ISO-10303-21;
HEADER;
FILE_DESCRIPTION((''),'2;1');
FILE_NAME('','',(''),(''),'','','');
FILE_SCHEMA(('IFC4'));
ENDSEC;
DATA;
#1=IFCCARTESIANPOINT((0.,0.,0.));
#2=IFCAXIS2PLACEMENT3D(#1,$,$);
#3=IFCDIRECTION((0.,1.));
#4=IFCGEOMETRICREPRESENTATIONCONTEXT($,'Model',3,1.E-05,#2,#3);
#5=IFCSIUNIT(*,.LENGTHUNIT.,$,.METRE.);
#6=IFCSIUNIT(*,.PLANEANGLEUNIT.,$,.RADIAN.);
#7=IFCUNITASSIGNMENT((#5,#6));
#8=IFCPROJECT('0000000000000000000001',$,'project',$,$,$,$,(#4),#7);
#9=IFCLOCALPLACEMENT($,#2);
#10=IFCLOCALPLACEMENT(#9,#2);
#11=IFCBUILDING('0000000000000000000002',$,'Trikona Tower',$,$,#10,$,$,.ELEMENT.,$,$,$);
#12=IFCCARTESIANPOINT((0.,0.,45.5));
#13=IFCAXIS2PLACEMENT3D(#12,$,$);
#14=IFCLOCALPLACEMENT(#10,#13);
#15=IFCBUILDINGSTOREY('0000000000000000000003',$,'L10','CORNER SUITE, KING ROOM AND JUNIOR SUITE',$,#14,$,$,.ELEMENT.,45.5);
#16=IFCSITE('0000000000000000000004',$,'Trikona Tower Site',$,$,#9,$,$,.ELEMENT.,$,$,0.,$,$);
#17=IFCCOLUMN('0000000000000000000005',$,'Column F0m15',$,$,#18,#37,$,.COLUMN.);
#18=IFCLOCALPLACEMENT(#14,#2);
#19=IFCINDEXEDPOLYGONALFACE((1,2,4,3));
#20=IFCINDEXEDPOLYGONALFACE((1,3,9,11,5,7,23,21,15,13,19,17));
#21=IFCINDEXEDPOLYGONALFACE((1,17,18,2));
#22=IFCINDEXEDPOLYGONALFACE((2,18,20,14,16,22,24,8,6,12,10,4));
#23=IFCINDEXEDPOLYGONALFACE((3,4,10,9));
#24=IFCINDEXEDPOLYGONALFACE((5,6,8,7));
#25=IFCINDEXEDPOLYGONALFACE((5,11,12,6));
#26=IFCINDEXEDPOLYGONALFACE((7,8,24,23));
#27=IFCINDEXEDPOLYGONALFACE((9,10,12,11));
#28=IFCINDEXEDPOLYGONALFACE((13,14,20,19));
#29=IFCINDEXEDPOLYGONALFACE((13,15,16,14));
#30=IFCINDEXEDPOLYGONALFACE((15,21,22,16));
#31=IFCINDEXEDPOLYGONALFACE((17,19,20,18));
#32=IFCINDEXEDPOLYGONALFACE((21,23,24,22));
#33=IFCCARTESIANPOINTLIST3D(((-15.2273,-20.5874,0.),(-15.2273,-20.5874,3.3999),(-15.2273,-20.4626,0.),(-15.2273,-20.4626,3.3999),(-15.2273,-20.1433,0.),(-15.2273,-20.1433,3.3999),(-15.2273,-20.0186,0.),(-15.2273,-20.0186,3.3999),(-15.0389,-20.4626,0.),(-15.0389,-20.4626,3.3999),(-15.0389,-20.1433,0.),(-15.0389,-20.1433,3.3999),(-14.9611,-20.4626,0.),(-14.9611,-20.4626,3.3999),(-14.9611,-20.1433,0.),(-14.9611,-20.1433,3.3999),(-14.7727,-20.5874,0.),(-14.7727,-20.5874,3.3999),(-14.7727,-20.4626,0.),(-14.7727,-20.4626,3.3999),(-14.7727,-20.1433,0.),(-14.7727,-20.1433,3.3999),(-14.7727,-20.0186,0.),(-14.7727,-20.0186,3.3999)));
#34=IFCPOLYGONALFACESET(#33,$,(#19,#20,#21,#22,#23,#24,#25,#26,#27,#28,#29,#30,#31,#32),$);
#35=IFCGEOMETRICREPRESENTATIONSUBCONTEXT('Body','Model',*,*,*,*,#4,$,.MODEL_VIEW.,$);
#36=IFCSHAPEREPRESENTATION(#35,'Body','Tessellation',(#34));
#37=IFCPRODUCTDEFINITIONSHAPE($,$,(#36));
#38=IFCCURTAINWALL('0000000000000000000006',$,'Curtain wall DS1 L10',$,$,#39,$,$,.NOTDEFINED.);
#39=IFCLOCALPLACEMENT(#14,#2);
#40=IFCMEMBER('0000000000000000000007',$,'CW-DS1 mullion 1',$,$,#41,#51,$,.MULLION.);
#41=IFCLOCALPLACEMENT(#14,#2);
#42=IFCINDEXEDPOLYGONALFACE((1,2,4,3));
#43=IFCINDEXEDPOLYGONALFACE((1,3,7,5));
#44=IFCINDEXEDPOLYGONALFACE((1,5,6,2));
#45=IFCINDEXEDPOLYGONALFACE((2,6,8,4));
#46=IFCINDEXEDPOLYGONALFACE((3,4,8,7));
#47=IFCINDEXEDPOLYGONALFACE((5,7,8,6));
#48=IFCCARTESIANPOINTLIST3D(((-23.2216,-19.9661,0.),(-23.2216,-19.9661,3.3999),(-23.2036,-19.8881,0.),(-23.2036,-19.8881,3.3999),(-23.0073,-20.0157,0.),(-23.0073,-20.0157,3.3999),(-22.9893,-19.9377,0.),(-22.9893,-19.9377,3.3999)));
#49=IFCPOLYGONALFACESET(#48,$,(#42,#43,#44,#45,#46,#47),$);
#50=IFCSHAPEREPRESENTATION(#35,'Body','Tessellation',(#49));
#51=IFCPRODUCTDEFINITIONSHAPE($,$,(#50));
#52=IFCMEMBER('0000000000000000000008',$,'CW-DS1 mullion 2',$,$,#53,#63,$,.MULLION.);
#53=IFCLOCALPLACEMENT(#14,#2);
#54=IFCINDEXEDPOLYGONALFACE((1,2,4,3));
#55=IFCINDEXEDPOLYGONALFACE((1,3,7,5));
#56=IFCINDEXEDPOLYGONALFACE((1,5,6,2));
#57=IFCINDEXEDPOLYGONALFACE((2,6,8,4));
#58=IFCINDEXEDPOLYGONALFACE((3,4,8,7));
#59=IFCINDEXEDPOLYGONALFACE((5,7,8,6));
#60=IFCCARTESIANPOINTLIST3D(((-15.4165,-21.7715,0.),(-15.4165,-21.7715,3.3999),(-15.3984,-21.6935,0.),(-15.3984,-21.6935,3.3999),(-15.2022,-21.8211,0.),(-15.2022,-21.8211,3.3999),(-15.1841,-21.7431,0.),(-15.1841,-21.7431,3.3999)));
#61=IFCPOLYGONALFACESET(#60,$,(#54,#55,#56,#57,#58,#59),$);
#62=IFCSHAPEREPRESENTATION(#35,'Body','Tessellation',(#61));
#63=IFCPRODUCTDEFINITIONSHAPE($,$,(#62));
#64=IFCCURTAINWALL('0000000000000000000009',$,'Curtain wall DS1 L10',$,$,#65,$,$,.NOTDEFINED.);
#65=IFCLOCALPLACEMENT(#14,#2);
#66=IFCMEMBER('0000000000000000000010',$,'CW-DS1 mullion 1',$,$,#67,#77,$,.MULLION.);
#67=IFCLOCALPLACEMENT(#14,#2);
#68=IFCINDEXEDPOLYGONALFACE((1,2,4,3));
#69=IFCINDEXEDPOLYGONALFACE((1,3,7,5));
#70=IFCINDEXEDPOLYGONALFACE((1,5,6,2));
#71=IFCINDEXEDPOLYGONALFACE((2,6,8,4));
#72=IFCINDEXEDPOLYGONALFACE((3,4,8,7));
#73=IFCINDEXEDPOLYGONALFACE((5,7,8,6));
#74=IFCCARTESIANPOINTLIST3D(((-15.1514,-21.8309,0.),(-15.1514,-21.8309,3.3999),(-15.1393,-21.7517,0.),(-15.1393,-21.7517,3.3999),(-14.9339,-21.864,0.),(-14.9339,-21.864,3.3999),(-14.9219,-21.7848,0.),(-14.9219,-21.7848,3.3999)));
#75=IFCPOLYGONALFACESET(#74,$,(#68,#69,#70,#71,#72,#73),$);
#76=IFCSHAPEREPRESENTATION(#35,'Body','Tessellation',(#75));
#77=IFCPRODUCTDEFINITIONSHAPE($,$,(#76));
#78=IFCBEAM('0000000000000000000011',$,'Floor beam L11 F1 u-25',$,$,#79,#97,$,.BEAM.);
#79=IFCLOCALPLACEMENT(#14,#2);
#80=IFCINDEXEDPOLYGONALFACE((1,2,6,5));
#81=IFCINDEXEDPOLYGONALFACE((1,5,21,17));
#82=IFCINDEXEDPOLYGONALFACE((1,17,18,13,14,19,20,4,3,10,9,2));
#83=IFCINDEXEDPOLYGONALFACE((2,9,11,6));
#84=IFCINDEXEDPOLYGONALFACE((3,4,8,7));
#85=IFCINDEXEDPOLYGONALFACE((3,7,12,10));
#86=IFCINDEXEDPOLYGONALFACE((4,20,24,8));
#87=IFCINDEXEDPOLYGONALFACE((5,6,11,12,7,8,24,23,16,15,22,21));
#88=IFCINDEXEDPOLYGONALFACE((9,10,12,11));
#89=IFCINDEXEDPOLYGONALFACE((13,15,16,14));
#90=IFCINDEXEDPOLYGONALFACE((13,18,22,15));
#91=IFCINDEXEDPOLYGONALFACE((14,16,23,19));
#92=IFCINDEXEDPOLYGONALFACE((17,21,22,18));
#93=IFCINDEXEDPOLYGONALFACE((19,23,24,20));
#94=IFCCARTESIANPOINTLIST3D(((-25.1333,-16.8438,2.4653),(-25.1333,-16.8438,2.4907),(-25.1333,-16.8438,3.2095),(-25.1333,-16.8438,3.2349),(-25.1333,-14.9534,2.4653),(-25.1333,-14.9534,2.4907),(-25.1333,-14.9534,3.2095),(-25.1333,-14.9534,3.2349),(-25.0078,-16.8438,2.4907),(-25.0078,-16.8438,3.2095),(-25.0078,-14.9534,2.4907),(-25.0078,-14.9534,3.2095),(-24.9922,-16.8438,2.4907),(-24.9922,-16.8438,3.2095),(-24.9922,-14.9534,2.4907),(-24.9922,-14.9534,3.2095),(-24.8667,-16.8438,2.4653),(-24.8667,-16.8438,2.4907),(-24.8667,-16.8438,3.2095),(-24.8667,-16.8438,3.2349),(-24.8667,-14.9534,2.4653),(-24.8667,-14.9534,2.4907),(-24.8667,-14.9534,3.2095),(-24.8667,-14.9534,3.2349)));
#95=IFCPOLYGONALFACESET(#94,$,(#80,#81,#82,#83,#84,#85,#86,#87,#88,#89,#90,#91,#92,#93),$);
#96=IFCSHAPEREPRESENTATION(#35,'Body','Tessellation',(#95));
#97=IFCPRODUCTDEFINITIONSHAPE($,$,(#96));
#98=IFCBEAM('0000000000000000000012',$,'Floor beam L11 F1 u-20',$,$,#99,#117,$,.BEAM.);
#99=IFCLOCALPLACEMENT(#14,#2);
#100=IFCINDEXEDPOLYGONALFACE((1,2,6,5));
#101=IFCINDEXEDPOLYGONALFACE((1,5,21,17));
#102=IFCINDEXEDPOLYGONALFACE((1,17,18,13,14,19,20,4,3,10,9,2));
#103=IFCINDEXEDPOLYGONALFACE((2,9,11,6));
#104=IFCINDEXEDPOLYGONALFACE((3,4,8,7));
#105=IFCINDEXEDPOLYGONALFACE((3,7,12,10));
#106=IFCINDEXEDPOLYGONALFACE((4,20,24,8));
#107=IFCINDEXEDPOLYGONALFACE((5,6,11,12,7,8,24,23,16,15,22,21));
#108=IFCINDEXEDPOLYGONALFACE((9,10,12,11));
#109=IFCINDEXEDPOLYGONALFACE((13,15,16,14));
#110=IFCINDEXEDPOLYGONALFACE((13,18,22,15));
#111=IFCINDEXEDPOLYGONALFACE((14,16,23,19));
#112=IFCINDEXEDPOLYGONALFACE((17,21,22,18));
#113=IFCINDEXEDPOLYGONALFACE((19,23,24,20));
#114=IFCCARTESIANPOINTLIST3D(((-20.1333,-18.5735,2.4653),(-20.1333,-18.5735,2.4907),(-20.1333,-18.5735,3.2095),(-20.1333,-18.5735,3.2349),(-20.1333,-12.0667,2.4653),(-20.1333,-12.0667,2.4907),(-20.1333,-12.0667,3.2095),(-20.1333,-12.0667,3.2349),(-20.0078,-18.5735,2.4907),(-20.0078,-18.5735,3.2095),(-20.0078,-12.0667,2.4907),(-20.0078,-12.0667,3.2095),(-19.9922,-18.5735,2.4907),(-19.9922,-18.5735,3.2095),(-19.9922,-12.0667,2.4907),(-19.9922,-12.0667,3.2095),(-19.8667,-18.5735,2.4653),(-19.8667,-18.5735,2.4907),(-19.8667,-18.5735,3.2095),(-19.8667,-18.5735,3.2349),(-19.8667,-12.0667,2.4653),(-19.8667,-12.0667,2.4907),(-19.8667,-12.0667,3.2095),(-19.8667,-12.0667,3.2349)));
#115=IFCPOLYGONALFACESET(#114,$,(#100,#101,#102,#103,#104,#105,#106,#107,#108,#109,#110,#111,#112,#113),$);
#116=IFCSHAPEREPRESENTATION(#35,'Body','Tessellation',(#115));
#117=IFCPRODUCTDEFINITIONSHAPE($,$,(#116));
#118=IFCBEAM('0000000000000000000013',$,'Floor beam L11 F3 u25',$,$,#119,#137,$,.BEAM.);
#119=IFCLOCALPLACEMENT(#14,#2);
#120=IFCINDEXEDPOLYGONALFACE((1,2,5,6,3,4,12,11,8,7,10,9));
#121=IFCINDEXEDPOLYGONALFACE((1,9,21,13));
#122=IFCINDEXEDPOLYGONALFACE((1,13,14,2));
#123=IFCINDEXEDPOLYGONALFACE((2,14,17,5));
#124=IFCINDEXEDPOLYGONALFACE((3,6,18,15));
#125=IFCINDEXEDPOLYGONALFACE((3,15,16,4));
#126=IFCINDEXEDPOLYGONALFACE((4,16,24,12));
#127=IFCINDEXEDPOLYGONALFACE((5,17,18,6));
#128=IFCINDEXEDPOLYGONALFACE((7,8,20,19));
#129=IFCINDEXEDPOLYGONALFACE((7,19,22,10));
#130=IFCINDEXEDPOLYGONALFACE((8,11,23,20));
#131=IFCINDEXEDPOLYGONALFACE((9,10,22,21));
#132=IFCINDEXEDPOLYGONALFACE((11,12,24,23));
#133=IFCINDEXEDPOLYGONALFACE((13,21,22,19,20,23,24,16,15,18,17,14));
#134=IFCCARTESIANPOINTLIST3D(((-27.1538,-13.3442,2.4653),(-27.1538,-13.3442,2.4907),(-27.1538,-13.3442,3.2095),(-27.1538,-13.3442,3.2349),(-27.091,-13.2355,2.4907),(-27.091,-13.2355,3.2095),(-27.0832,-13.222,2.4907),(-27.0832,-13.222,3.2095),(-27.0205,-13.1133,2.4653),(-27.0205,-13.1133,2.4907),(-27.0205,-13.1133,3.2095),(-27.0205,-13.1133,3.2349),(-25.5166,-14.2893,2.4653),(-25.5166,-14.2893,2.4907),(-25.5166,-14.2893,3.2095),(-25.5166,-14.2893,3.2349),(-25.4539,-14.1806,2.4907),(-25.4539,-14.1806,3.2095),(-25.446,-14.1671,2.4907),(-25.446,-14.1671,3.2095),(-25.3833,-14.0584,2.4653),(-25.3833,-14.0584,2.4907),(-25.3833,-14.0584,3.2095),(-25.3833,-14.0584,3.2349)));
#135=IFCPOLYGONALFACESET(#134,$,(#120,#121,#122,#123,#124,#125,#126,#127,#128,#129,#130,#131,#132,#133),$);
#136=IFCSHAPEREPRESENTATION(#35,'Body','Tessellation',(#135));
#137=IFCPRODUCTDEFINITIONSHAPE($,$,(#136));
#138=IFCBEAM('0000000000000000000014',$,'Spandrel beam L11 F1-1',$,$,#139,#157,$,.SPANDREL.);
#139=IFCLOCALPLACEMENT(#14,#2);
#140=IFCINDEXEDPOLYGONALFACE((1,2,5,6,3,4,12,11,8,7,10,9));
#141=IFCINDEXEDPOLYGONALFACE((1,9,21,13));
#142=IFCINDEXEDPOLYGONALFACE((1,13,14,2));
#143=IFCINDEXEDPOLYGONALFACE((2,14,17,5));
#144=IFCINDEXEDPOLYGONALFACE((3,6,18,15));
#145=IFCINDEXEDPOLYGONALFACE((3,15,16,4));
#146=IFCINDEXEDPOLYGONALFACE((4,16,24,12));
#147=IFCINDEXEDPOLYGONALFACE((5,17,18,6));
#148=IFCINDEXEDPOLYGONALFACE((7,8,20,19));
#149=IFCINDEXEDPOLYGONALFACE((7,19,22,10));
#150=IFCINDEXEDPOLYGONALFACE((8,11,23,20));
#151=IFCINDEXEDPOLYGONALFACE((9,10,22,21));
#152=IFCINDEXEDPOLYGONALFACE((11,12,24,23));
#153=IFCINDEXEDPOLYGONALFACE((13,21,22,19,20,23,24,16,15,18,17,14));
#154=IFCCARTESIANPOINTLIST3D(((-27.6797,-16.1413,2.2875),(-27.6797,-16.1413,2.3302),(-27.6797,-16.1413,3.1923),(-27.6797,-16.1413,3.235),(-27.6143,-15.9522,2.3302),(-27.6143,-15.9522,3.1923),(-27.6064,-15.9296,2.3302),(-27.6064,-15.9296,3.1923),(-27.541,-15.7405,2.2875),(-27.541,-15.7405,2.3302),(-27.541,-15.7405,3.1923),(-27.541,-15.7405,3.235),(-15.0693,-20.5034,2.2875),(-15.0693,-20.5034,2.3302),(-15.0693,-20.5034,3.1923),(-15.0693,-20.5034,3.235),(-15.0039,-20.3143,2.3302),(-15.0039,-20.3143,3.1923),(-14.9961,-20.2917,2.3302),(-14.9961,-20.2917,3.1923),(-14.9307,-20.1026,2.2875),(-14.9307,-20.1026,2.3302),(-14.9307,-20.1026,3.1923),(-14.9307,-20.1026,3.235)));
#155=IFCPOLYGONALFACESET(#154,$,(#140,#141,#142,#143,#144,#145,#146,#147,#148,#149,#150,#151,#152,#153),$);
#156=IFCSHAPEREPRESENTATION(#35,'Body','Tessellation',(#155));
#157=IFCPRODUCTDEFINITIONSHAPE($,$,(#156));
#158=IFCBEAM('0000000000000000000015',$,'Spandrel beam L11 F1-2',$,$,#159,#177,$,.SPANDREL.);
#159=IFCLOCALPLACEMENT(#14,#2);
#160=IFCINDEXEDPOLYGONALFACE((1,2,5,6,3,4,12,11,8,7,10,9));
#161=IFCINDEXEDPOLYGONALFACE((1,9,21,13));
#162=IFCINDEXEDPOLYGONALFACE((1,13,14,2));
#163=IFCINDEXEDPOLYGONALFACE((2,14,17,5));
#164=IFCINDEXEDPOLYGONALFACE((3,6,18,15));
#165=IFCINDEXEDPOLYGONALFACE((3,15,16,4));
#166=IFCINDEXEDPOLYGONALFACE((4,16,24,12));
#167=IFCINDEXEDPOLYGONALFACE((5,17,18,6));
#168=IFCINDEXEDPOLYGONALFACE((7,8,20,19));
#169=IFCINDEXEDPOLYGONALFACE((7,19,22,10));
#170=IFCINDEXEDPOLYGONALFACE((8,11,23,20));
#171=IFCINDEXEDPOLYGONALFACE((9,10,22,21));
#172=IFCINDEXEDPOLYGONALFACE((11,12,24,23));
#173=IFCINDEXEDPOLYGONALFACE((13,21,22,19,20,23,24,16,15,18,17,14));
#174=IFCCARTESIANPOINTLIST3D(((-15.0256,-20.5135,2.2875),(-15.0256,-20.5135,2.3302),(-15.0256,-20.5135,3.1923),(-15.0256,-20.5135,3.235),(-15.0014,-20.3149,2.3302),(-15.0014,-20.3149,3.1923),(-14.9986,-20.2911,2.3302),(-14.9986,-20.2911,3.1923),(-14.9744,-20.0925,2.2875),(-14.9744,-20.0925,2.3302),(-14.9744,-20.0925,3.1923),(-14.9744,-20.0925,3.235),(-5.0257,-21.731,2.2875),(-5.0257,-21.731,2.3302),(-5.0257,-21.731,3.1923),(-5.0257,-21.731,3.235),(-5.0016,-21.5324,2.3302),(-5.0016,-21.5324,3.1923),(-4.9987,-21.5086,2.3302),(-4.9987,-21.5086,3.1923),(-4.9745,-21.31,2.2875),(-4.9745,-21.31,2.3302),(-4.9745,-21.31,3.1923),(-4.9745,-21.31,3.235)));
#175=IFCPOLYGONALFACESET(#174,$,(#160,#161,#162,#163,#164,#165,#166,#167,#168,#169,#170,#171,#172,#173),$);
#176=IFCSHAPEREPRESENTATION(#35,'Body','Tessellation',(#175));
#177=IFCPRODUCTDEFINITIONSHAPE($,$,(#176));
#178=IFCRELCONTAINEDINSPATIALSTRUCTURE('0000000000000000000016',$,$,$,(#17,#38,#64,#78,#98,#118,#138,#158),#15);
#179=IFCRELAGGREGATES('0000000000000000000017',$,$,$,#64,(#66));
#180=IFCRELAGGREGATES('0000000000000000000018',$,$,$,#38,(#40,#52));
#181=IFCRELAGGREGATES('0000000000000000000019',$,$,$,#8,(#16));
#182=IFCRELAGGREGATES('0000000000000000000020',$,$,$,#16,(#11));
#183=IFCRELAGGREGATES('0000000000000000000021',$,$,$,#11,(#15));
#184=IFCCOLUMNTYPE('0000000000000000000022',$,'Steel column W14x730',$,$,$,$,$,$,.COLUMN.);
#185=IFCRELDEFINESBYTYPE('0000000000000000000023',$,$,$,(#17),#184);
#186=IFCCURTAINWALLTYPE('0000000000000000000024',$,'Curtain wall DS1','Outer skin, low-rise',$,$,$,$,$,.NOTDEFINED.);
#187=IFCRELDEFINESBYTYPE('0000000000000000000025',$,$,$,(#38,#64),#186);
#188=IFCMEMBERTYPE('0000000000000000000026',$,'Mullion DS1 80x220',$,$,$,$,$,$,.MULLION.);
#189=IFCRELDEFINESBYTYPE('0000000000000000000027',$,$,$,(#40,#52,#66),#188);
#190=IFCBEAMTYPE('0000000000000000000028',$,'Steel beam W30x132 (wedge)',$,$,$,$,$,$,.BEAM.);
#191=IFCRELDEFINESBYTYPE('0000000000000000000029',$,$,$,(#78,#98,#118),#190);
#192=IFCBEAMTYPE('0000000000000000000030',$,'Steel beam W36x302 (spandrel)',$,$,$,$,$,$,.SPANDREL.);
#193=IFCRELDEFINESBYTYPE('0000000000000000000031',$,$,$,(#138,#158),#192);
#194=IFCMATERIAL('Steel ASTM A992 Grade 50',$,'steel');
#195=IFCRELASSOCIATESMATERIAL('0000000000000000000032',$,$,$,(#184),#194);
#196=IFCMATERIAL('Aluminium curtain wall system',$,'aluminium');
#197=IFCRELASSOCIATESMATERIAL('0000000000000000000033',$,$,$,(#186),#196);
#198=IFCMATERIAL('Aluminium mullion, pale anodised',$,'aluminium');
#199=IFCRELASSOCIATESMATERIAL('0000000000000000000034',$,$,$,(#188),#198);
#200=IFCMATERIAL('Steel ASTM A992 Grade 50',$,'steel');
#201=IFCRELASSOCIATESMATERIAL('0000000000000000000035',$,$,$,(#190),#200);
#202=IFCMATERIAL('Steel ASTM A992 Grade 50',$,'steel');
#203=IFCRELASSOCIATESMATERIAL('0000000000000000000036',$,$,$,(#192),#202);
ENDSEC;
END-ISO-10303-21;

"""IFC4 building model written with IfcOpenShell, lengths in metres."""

from ifc_helpers import new_model, si_unit, direction, frame, origin, origin_2d, place, context, subcontext, project, spatial, rectangle, i_section, extrude, material, material_profile, profile_set, type_object, element, aggregate, save


model = new_model("IFC4")

# Units and contexts
model_context = context("Model", 3, precision=1e-05, world=origin(), true_north=direction((0.0, 1.0)))
body_context = subcontext(model_context, "Body", "Model", "MODEL_VIEW")
ifc_project = project(units=[si_unit("LENGTHUNIT", "METRE"), si_unit("PLANEANGLEUNIT", "RADIAN")], contexts=[model_context])

# Site, building, storey
site_placement = place(None, origin())
site = spatial("IfcSite", under=ifc_project, at=site_placement, Name="Trikona Tower Site", CompositionType="ELEMENT", RefElevation=0.0)
building_placement = place(site_placement, origin())
building = spatial("IfcBuilding", under=site, at=building_placement, Name="Trikona Tower", CompositionType="ELEMENT")
storey_placement = place(building_placement, frame((0.0, 0.0, 45.5)))
storey = spatial("IfcBuildingStorey", under=building, at=storey_placement, Name="L10", Description="CORNER SUITE, KING ROOM AND JUNIOR SUITE", CompositionType="ELEMENT", Elevation=45.5)

# Column
ifc_material_1 = material(Name="Steel ASTM A992 Grade 50", Category="steel")
ifc_material_profile_1 = material_profile(ifc_material_1, i_section(OverallWidth=0.4546, OverallDepth=0.5688, WebThickness=0.0779, FlangeThickness=0.1248, at=origin_2d()), Name="W14X730")
ifc_profile_set_1 = profile_set([ifc_material_profile_1], Name="Steel ASTM A992 Grade 50")
column_type = type_object("IfcColumnType", Name="Steel column W14x730", PredefinedType="COLUMN", material=ifc_profile_set_1)
column_placement = place(storey_placement, frame((-15.0, -20.303, 0.0), z_axis=(0.0, 0.0, 1.0), x_axis=(1.0, 0.0, 0.0)))
element("IfcColumn", 1, at=column_placement, inside=storey, type_object=column_type, Name="Column F0m15", PredefinedType="COLUMN", context=body_context, shape_type="SweptSolid", body=[
    extrude(i_section(OverallWidth=0.4546, OverallDepth=0.5688, WebThickness=0.0779, FlangeThickness=0.1248, at=origin_2d()), origin(), (0.0, 0.0, 1.0), 3.3999),
])

# Curtain wall, members
ifc_material_2 = material(Name="Aluminium curtain wall system", Category="aluminium")
curtain_wall_type = type_object("IfcCurtainWallType", Name="Curtain wall DS1", Description="Outer skin, low-rise", PredefinedType="NOTDEFINED", material=ifc_material_2)
curtain_wall_1_placement = place(storey_placement, origin())
curtain_wall_1 = element("IfcCurtainWall", 2, at=curtain_wall_1_placement, inside=storey, type_object=curtain_wall_type, Name="Curtain wall DS1 L10", PredefinedType="NOTDEFINED")
ifc_material_3 = material(Name="Aluminium mullion, pale anodised", Category="aluminium")
ifc_material_profile_2 = material_profile(ifc_material_3, rectangle(XDim=0.0801, YDim=0.22, at=origin_2d()), Name="MUL-DS1")
ifc_profile_set_2 = profile_set([ifc_material_profile_2], Name="Aluminium mullion, pale anodised")
member_type_1 = type_object("IfcMemberType", Name="Mullion DS1 80x220", PredefinedType="MULLION", material=ifc_profile_set_2)
member_1_placement = place(storey_placement, frame((-23.1055, -19.9519, 0.0), z_axis=(0.0, 0.0, 1.0), x_axis=(0.225343, 0.974279, 0.0)))
member_1 = element("IfcMember", 3, at=member_1_placement, type_object=member_type_1, Name="CW-DS1 mullion 1", PredefinedType="MULLION", context=body_context, shape_type="SweptSolid", body=[
    extrude(rectangle(XDim=0.0801, YDim=0.22, at=origin_2d()), origin(), (0.0, 0.0, 1.0), 3.3999),
])
member_2_placement = place(storey_placement, frame((-15.3003, -21.7573, 0.0), z_axis=(0.0, 0.0, 1.0), x_axis=(0.225343, 0.974279, 0.0)))
member_2 = element("IfcMember", 4, at=member_2_placement, type_object=member_type_1, Name="CW-DS1 mullion 2", PredefinedType="MULLION", context=body_context, shape_type="SweptSolid", body=[
    extrude(rectangle(XDim=0.0801, YDim=0.22, at=origin_2d()), origin(), (0.0, 0.0, 1.0), 3.3999),
])

# Curtain wall, member
curtain_wall_2_placement = place(storey_placement, origin())
curtain_wall_2 = element("IfcCurtainWall", 5, at=curtain_wall_2_placement, inside=storey, type_object=curtain_wall_type, Name="Curtain wall DS1 L10", PredefinedType="NOTDEFINED")
member_3_placement = place(storey_placement, frame((-15.0366, -21.8079, 0.0), z_axis=(0.0, 0.0, 1.0), x_axis=(0.150438, 0.988619, 0.0)))
member_3 = element("IfcMember", 6, at=member_3_placement, type_object=member_type_1, Name="CW-DS1 mullion 1", PredefinedType="MULLION", context=body_context, shape_type="SweptSolid", body=[
    extrude(rectangle(XDim=0.0801, YDim=0.22, at=origin_2d()), origin(), (0.0, 0.0, 1.0), 3.3999),
])
aggregate(curtain_wall_2, [member_3])

# Beams
ifc_material_4 = material(Name="Steel ASTM A992 Grade 50", Category="steel")
ifc_material_profile_3 = material_profile(ifc_material_4, i_section(OverallWidth=0.2666, OverallDepth=0.7695, WebThickness=0.0156, FlangeThickness=0.0254, at=origin_2d()), Name="W30X132")
ifc_profile_set_3 = profile_set([ifc_material_profile_3], Name="Steel ASTM A992 Grade 50")
beam_type_1 = type_object("IfcBeamType", Name="Steel beam W30x132 (wedge)", PredefinedType="BEAM", material=ifc_profile_set_3)
beam_1_placement = place(storey_placement, frame((-25.0, -14.9534, 2.8501), z_axis=(0.0, -1.0, 0.0), x_axis=(1.0, 0.0, 0.0)))
element("IfcBeam", 7, at=beam_1_placement, inside=storey, type_object=beam_type_1, Name="Floor beam L11 F1 u-25", PredefinedType="BEAM", context=body_context, shape_type="SweptSolid", body=[
    extrude(i_section(OverallWidth=0.2666, OverallDepth=0.7695, WebThickness=0.0156, FlangeThickness=0.0254, at=origin_2d()), origin(), (0.0, 0.0, 1.0), 1.8904),
])
beam_2_placement = place(storey_placement, frame((-20.0, -12.0667, 2.8501), z_axis=(0.0, -1.0, 0.0), x_axis=(1.0, 0.0, 0.0)))
element("IfcBeam", 8, at=beam_2_placement, inside=storey, type_object=beam_type_1, Name="Floor beam L11 F1 u-20", PredefinedType="BEAM", context=body_context, shape_type="SweptSolid", body=[
    extrude(i_section(OverallWidth=0.2666, OverallDepth=0.7695, WebThickness=0.0156, FlangeThickness=0.0254, at=origin_2d()), origin(), (0.0, 0.0, 1.0), 6.5068),
])
beam_3_placement = place(storey_placement, frame((-25.45, -14.1738, 2.8501), z_axis=(-0.866065, 0.499931, 0.0), x_axis=(-0.499931, -0.866065, 0.0)))
element("IfcBeam", 9, at=beam_3_placement, inside=storey, type_object=beam_type_1, Name="Floor beam L11 F3 u25", PredefinedType="BEAM", context=body_context, shape_type="SweptSolid", body=[
    extrude(i_section(OverallWidth=0.2666, OverallDepth=0.7695, WebThickness=0.0156, FlangeThickness=0.0254, at=origin_2d()), origin(), (0.0, 0.0, 1.0), 1.8904),
])
ifc_material_5 = material(Name="Steel ASTM A992 Grade 50", Category="steel")
ifc_material_profile_4 = material_profile(ifc_material_5, i_section(OverallWidth=0.4241, OverallDepth=0.9475, WebThickness=0.0239, FlangeThickness=0.0427, at=origin_2d()), Name="W36X302")
ifc_profile_set_4 = profile_set([ifc_material_profile_4], Name="Steel ASTM A992 Grade 50")
beam_type_2 = type_object("IfcBeamType", Name="Steel beam W36x302 (spandrel)", PredefinedType="SPANDREL", material=ifc_profile_set_4)
beam_4_placement = place(storey_placement, frame((-27.6104, -15.9409, 2.7612), z_axis=(0.945057, -0.326906, 0.0), x_axis=(0.326906, 0.945057, 0.0)))
element("IfcBeam", 10, at=beam_4_placement, inside=storey, type_object=beam_type_2, Name="Spandrel beam L11 F1-1", PredefinedType="SPANDREL", context=body_context, shape_type="SweptSolid", body=[
    extrude(i_section(OverallWidth=0.4241, OverallDepth=0.9475, WebThickness=0.0239, FlangeThickness=0.0427, at=origin_2d()), origin(), (0.0, 0.0, 1.0), 13.3435),
])
beam_5_placement = place(storey_placement, frame((-15.0, -20.303, 2.7612), z_axis=(0.99267, -0.12086, 0.0), x_axis=(0.12086, 0.99267, 0.0)))
element("IfcBeam", 11, at=beam_5_placement, inside=storey, type_object=beam_type_2, Name="Spandrel beam L11 F1-2", PredefinedType="SPANDREL", context=body_context, shape_type="SweptSolid", body=[
    extrude(i_section(OverallWidth=0.4241, OverallDepth=0.9475, WebThickness=0.0239, FlangeThickness=0.0427, at=origin_2d()), origin(), (0.0, 0.0, 1.0), 10.0737),
])

aggregate(curtain_wall_1, [member_1, member_2])

save(model, "model.ifc")
